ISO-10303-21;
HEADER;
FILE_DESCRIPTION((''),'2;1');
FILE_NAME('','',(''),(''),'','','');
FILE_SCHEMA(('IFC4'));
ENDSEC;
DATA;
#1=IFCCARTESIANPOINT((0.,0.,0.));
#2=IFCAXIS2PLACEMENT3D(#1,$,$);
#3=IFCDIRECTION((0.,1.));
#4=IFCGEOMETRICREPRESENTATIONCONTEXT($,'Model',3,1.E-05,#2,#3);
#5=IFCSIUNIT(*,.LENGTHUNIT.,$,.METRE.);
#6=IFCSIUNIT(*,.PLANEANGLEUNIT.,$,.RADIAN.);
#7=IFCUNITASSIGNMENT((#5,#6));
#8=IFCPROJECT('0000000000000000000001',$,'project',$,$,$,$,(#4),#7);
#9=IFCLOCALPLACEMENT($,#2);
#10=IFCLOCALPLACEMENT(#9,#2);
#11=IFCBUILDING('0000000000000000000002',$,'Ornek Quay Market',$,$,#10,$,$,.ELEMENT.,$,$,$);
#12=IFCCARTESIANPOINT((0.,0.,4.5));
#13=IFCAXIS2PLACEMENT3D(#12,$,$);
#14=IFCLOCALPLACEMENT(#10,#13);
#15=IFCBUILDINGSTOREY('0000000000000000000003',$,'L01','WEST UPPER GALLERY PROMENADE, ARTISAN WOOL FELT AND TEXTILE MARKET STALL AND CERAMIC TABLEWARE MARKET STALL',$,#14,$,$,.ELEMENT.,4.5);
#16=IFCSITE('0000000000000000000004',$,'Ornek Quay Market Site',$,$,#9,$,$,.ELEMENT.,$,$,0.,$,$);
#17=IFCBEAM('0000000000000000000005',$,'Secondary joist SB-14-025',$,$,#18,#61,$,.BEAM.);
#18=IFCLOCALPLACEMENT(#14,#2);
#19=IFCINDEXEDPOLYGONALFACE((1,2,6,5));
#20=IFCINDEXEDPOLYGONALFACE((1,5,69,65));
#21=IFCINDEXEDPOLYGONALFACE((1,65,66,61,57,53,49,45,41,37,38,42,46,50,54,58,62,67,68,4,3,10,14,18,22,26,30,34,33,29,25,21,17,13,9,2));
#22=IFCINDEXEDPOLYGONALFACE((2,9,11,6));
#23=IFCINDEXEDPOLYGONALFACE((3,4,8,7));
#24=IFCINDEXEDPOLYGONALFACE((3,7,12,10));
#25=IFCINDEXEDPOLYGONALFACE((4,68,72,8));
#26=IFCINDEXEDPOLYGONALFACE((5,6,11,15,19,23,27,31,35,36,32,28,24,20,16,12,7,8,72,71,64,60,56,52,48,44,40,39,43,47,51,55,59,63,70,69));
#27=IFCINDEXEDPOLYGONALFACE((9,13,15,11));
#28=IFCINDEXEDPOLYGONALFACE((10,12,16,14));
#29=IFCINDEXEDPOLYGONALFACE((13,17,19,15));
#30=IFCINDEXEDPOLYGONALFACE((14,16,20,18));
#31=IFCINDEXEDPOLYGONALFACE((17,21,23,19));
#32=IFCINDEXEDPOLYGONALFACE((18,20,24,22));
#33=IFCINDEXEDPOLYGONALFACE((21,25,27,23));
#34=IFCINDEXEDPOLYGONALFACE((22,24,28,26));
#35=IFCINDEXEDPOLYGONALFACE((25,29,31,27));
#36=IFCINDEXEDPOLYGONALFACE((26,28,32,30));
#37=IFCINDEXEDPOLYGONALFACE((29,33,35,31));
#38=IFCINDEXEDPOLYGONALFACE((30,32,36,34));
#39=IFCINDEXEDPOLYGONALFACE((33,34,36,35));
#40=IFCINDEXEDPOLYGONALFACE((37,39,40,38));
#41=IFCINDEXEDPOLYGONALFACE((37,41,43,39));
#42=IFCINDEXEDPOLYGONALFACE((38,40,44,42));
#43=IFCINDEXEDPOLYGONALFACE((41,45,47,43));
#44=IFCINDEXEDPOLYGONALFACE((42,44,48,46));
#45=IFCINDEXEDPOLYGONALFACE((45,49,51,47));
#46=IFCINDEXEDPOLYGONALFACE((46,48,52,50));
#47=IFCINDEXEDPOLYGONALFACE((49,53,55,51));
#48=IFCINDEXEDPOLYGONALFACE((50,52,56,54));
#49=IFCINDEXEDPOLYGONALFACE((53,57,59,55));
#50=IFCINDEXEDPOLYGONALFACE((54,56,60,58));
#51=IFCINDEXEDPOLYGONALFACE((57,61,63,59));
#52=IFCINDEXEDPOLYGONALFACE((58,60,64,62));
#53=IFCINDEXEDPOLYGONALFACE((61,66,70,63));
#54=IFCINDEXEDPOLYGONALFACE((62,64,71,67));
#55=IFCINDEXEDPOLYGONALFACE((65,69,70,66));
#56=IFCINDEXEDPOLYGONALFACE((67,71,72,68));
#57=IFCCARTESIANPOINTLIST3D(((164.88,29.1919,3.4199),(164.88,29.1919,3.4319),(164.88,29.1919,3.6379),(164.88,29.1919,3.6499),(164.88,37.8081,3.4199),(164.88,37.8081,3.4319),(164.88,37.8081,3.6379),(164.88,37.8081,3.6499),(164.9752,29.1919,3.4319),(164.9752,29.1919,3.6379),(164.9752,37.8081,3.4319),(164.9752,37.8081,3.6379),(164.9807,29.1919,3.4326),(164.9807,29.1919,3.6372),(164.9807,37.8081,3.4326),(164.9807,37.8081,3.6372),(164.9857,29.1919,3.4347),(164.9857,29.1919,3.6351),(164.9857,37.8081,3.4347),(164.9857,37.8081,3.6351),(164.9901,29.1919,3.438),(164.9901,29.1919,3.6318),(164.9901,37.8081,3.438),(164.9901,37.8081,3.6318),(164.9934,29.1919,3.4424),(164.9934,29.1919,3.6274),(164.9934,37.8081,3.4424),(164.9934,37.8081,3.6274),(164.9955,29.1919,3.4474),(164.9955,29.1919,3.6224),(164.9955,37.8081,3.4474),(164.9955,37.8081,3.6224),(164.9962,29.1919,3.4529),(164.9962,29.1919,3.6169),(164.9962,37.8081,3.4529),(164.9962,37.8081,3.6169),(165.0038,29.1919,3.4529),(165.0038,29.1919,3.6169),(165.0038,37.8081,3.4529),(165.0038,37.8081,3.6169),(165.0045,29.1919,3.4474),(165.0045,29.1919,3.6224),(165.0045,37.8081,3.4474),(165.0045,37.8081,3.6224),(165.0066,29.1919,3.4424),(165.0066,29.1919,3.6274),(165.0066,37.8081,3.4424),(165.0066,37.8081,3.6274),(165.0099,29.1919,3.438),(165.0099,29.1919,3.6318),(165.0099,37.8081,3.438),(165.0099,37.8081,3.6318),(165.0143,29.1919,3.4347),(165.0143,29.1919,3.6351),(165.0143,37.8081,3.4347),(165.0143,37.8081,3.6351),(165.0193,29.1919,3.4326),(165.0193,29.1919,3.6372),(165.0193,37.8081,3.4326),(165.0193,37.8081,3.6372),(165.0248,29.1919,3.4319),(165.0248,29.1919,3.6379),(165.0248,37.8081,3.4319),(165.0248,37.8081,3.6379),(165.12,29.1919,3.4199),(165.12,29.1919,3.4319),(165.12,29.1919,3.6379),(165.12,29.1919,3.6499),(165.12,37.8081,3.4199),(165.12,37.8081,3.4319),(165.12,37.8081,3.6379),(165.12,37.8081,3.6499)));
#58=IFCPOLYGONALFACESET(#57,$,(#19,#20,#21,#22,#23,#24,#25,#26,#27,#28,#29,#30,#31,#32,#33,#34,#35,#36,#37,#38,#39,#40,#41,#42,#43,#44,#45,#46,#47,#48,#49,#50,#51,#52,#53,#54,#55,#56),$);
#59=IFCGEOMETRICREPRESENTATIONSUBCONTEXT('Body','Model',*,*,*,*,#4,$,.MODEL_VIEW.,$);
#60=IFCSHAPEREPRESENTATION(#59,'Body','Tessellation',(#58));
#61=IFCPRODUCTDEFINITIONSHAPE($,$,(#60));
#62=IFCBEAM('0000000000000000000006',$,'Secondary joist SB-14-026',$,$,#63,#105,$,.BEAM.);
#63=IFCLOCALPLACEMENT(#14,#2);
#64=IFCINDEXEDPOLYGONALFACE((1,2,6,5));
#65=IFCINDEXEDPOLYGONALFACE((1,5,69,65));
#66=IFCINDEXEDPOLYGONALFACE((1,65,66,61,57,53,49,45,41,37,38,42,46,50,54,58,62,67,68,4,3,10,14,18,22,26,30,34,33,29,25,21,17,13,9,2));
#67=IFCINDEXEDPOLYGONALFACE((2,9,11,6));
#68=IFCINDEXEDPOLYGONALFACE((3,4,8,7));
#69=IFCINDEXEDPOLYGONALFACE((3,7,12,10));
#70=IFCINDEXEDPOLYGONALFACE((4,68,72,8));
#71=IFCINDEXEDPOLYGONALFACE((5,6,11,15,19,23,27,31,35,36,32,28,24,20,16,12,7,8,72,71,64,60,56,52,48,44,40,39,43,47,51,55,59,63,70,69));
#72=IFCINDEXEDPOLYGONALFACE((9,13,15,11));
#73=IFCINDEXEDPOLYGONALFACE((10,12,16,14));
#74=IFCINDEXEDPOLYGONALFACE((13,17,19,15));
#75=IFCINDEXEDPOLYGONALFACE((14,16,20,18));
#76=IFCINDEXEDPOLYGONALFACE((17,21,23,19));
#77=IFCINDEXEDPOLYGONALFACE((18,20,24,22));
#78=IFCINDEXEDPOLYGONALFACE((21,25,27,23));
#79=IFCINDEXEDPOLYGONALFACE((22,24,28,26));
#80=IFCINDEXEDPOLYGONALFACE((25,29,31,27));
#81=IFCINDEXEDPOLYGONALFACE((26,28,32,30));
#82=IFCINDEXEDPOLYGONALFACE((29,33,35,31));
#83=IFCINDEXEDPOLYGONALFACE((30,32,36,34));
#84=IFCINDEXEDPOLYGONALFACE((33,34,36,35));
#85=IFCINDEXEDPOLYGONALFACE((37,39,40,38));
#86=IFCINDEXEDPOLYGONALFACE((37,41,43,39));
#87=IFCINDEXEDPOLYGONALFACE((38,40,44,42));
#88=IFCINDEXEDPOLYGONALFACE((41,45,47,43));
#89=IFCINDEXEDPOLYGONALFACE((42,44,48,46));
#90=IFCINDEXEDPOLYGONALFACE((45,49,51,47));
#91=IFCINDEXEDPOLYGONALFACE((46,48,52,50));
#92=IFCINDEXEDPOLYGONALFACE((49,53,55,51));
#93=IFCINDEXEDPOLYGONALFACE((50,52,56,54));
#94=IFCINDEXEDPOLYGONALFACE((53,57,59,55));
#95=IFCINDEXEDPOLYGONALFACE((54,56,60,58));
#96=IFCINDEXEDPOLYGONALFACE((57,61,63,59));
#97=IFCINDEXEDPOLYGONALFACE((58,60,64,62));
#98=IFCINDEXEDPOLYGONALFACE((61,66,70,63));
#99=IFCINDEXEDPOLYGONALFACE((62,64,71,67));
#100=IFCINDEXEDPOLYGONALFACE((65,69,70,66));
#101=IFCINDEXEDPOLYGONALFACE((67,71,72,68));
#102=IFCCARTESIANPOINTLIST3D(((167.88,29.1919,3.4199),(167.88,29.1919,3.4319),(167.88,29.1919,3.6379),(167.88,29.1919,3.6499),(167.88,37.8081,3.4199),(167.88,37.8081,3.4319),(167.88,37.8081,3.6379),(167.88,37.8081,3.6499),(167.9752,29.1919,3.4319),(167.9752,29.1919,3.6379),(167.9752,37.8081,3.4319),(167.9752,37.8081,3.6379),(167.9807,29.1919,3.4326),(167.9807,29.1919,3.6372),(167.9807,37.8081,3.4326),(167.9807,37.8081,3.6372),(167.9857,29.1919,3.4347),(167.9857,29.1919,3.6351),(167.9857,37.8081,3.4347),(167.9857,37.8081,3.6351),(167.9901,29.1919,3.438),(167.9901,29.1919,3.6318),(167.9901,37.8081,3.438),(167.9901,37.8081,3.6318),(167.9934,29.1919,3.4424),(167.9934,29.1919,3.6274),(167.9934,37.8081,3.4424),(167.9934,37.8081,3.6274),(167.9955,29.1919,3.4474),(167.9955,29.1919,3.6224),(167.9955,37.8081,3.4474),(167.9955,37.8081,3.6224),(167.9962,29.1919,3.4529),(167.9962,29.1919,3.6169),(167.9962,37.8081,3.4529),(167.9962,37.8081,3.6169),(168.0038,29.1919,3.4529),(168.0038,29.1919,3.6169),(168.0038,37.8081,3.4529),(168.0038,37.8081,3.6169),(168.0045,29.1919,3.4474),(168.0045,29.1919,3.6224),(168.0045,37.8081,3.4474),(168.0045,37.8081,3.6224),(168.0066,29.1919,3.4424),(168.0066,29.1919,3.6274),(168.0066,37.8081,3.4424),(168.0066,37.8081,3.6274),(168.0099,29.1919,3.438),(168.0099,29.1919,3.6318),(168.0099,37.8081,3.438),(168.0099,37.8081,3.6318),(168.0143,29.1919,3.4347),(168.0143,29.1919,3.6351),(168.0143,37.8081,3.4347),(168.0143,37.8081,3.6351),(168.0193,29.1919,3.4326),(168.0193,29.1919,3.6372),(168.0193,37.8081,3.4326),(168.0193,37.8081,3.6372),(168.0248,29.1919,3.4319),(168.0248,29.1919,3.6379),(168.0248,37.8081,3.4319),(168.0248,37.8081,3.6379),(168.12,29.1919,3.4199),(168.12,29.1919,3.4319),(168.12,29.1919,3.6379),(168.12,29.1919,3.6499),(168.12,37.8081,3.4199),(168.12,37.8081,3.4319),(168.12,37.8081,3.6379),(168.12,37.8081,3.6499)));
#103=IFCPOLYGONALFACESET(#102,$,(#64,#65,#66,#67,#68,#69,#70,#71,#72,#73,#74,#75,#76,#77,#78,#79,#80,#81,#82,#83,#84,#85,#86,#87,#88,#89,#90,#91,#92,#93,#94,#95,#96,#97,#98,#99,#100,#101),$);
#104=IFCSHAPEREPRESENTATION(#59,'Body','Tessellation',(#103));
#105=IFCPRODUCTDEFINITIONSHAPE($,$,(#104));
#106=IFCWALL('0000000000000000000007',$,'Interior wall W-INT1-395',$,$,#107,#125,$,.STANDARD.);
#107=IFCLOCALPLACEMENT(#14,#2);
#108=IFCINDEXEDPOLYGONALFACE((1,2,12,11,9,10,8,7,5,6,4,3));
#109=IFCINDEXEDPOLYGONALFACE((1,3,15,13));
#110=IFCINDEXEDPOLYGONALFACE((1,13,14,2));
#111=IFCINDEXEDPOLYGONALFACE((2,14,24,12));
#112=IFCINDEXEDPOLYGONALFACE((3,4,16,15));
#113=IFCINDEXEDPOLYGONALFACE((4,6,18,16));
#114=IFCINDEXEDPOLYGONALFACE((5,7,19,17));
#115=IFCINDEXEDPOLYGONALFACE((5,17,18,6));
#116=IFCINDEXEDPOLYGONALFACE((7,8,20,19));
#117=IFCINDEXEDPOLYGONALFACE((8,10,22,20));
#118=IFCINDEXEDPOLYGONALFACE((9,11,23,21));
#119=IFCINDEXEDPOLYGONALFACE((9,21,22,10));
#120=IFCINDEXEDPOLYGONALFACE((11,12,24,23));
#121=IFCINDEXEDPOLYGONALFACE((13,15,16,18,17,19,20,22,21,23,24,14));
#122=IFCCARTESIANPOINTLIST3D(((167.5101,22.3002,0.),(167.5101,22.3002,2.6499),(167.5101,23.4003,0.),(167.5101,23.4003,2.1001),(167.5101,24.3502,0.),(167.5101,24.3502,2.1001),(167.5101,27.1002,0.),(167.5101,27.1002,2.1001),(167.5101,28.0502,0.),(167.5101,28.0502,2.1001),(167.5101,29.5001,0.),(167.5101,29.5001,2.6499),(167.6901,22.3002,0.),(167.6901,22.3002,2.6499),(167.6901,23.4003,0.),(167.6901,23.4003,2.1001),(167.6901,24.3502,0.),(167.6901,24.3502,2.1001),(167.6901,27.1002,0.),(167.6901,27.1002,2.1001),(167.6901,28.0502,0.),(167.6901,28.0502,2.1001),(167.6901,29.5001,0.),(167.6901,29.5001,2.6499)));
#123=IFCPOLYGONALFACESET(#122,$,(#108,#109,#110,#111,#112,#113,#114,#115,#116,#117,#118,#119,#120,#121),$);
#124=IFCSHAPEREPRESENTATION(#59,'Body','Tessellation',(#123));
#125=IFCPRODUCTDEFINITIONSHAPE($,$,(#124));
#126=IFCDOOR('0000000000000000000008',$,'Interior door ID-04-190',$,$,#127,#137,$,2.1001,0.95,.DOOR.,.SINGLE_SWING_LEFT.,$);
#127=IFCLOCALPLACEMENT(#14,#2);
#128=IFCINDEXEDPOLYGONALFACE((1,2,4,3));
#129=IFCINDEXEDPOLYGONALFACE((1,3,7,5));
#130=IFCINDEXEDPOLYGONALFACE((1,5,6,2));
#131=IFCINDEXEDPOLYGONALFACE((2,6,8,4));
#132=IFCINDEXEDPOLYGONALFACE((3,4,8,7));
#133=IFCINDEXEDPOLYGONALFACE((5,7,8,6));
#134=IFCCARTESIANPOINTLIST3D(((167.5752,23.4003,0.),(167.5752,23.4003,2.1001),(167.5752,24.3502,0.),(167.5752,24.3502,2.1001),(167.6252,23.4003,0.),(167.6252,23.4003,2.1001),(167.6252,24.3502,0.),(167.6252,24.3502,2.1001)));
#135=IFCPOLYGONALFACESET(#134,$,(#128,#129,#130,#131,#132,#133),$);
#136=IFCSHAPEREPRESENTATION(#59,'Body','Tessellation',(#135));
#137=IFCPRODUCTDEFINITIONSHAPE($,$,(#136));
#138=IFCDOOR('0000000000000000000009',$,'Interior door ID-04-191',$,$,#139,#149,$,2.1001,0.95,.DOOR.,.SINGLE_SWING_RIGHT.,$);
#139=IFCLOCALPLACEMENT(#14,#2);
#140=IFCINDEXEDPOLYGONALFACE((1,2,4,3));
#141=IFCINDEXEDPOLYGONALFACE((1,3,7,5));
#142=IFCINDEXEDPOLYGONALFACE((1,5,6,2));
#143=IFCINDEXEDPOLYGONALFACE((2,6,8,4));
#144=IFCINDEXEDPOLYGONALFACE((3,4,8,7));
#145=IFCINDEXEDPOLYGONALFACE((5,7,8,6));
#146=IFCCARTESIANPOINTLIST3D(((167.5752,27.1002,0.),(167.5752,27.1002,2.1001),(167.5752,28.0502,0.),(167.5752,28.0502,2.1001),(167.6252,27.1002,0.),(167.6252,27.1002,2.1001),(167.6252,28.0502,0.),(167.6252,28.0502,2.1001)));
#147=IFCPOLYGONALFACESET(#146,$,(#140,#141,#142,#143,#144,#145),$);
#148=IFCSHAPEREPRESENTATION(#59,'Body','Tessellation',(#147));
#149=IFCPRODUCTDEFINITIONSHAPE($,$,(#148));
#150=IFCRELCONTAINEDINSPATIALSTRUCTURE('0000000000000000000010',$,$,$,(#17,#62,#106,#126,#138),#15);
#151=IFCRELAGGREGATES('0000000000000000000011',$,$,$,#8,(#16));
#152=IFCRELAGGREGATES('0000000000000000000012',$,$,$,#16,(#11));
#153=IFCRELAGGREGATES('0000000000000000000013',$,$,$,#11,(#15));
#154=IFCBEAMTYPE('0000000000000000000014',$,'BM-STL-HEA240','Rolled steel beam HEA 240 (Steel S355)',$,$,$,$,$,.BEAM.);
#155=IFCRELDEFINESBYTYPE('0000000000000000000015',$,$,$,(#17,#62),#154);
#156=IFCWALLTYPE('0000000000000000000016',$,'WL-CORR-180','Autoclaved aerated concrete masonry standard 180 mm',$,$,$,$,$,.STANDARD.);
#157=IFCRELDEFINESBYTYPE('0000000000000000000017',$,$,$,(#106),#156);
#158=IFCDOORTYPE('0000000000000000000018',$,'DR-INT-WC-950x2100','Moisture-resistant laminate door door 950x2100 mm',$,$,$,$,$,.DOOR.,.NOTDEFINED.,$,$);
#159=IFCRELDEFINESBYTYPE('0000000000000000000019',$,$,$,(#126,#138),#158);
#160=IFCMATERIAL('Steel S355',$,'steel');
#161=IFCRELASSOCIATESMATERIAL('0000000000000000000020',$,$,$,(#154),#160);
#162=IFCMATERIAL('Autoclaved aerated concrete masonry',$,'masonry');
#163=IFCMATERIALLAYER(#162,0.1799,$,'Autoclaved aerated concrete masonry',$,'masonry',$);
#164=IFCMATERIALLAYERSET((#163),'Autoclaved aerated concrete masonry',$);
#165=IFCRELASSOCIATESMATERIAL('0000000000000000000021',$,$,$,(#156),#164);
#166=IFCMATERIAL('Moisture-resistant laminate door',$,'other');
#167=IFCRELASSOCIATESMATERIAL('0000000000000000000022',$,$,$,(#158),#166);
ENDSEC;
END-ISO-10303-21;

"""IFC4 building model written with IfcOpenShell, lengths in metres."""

from ifc_helpers import new_model, si_unit, direction, frame, frame_2d, origin, origin_2d, place, context, subcontext, project, spatial, rectangle, i_section, extrude, material, layer, layer_set, material_profile, profile_set, type_object, element, fill, save


model = new_model("IFC4")

# Units and contexts
model_context = context("Model", 3, precision=1e-05, world=origin(), true_north=direction((0.0, 1.0)))
body_context = subcontext(model_context, "Body", "Model", "MODEL_VIEW")
ifc_project = project(units=[si_unit("LENGTHUNIT", "METRE"), si_unit("PLANEANGLEUNIT", "RADIAN")], contexts=[model_context])

# Site, building, storey
site_placement = place(None, origin())
site = spatial("IfcSite", under=ifc_project, at=site_placement, Name="Ornek Quay Market Site", CompositionType="ELEMENT", RefElevation=0.0)
building_placement = place(site_placement, origin())
building = spatial("IfcBuilding", under=site, at=building_placement, Name="Ornek Quay Market", CompositionType="ELEMENT")
storey_placement = place(building_placement, frame((0.0, 0.0, 4.5)))
storey = spatial("IfcBuildingStorey", under=building, at=storey_placement, Name="L01", Description="WEST UPPER GALLERY PROMENADE, ARTISAN WOOL FELT AND TEXTILE MARKET STALL AND CERAMIC TABLEWARE MARKET STALL", CompositionType="ELEMENT", Elevation=4.5)

# Beams
ifc_material_1 = material(Name="Steel S355", Category="steel")
ifc_material_profile_1 = material_profile(ifc_material_1, i_section(OverallWidth=0.24, OverallDepth=0.23, WebThickness=0.0076, FlangeThickness=0.012, FilletRadius=0.021, at=origin_2d()), Name="HEA 240", Category="steel")
ifc_profile_set_1 = profile_set([ifc_material_profile_1], Name="Steel S355")
beam_type_1 = type_object("IfcBeamType", Name="BM-STL-HEA240", Description="Rolled steel beam HEA 240 (Steel S355)", PredefinedType="BEAM", material=ifc_profile_set_1)
for number, where, z_axis, x_axis, name in (
    (1, (165.0, 29.1919, 3.5349), (0.0, 1.0, 0.0), (-1.0, 0.0, 0.0), "Secondary joist SB-14-025"),
    (2, (168.0, 29.1919, 3.5349), (0.0, 1.0, 0.0), (-1.0, 0.0, 0.0), "Secondary joist SB-14-026"),
):
    element("IfcBeam", number, at=place(storey_placement, frame(where, z_axis=z_axis, x_axis=x_axis)), inside=storey, type_object=beam_type_1, Name=name, PredefinedType="BEAM", context=body_context, shape_type="SweptSolid", body=[
        extrude(i_section(OverallWidth=0.24, OverallDepth=0.23, WebThickness=0.0076, FlangeThickness=0.012, FilletRadius=0.021, at=origin_2d()), origin(), (0.0, 0.0, 1.0), 8.6162),
    ])

# Wall, openings, doors
ifc_material_2 = material(Name="Autoclaved aerated concrete masonry", Category="masonry")
ifc_layer_1 = layer(ifc_material_2, 0.1799, Name="Autoclaved aerated concrete masonry", Category="masonry")
ifc_layer_set_1 = layer_set([ifc_layer_1], Name="Autoclaved aerated concrete masonry")
wall_type_1 = type_object("IfcWallType", Name="WL-CORR-180", Description="Autoclaved aerated concrete masonry standard 180 mm", PredefinedType="STANDARD", material=ifc_layer_set_1)
wall_1_placement = place(storey_placement, frame((167.6001, 22.3, 0.0), z_axis=(0.0, 0.0, 1.0), x_axis=(0.0, 1.0, 0.0)))
wall_1 = element("IfcWall", 3, at=wall_1_placement, inside=storey, type_object=wall_type_1, Name="Interior wall W-INT1-395", PredefinedType="STANDARD", context=body_context, shape_type="SweptSolid", body=[
    extrude(rectangle(XDim=7.2, YDim=0.1799, at=frame_2d((3.6001, 0.0))), origin(), (0.0, 0.0, 1.0), 2.6499),
])
opening_1_placement = place(wall_1_placement, frame((1.1001, 0.0, 0.0)))
opening_1 = element("IfcOpeningElement", 4, at=opening_1_placement, cuts=wall_1, PredefinedType="OPENING", context=body_context, shape_type="SweptSolid", body=[
    extrude(rectangle(XDim=0.95, YDim=2.1001, at=frame_2d((0.4751, 1.05))), frame((0.0, 0.0999, 0.0), z_axis=(0.0, -1.0, 0.0), x_axis=(1.0, 0.0, 0.0)), (0.0, 0.0, 1.0), 0.2),
])
opening_2_placement = place(wall_1_placement, frame((4.8, 0.0, 0.0)))
opening_2 = element("IfcOpeningElement", 5, at=opening_2_placement, cuts=wall_1, PredefinedType="OPENING", context=body_context, shape_type="SweptSolid", body=[
    extrude(rectangle(XDim=0.95, YDim=2.1001, at=frame_2d((0.4751, 1.05))), frame((0.0, 0.0999, 0.0), z_axis=(0.0, -1.0, 0.0), x_axis=(1.0, 0.0, 0.0)), (0.0, 0.0, 1.0), 0.2),
])
ifc_material_3 = material(Name="Moisture-resistant laminate door", Category="other")
door_type_1 = type_object("IfcDoorType", Name="DR-INT-WC-950x2100", Description="Moisture-resistant laminate door door 950x2100 mm", OperationType="NOTDEFINED", PredefinedType="DOOR", material=ifc_material_3)
door_1_placement = place(opening_1_placement, origin())
door_1 = element("IfcDoor", 6, at=door_1_placement, inside=storey, type_object=door_type_1, Name="Interior door ID-04-190", OperationType="SINGLE_SWING_LEFT", OverallHeight=2.1001, OverallWidth=0.95, PredefinedType="DOOR", context=body_context, shape_type="SweptSolid", body=[
    extrude(rectangle(XDim=0.95, YDim=2.1001, at=frame_2d((0.4751, 1.05))), frame((0.0, 0.0249, 0.0), z_axis=(0.0, -1.0, 0.0), x_axis=(1.0, 0.0, 0.0)), (0.0, 0.0, 1.0), 0.05),
])
fill(opening_1, door_1)
door_2_placement = place(opening_2_placement, origin())
door_2 = element("IfcDoor", 7, at=door_2_placement, inside=storey, type_object=door_type_1, Name="Interior door ID-04-191", OperationType="SINGLE_SWING_RIGHT", OverallHeight=2.1001, OverallWidth=0.95, PredefinedType="DOOR", context=body_context, shape_type="SweptSolid", body=[
    extrude(rectangle(XDim=0.95, YDim=2.1001, at=frame_2d((0.4751, 1.05))), frame((0.0, 0.0249, 0.0), z_axis=(0.0, -1.0, 0.0), x_axis=(1.0, 0.0, 0.0)), (0.0, 0.0, 1.0), 0.05),
])
fill(opening_2, door_2)

save(model, "model.ifc")
